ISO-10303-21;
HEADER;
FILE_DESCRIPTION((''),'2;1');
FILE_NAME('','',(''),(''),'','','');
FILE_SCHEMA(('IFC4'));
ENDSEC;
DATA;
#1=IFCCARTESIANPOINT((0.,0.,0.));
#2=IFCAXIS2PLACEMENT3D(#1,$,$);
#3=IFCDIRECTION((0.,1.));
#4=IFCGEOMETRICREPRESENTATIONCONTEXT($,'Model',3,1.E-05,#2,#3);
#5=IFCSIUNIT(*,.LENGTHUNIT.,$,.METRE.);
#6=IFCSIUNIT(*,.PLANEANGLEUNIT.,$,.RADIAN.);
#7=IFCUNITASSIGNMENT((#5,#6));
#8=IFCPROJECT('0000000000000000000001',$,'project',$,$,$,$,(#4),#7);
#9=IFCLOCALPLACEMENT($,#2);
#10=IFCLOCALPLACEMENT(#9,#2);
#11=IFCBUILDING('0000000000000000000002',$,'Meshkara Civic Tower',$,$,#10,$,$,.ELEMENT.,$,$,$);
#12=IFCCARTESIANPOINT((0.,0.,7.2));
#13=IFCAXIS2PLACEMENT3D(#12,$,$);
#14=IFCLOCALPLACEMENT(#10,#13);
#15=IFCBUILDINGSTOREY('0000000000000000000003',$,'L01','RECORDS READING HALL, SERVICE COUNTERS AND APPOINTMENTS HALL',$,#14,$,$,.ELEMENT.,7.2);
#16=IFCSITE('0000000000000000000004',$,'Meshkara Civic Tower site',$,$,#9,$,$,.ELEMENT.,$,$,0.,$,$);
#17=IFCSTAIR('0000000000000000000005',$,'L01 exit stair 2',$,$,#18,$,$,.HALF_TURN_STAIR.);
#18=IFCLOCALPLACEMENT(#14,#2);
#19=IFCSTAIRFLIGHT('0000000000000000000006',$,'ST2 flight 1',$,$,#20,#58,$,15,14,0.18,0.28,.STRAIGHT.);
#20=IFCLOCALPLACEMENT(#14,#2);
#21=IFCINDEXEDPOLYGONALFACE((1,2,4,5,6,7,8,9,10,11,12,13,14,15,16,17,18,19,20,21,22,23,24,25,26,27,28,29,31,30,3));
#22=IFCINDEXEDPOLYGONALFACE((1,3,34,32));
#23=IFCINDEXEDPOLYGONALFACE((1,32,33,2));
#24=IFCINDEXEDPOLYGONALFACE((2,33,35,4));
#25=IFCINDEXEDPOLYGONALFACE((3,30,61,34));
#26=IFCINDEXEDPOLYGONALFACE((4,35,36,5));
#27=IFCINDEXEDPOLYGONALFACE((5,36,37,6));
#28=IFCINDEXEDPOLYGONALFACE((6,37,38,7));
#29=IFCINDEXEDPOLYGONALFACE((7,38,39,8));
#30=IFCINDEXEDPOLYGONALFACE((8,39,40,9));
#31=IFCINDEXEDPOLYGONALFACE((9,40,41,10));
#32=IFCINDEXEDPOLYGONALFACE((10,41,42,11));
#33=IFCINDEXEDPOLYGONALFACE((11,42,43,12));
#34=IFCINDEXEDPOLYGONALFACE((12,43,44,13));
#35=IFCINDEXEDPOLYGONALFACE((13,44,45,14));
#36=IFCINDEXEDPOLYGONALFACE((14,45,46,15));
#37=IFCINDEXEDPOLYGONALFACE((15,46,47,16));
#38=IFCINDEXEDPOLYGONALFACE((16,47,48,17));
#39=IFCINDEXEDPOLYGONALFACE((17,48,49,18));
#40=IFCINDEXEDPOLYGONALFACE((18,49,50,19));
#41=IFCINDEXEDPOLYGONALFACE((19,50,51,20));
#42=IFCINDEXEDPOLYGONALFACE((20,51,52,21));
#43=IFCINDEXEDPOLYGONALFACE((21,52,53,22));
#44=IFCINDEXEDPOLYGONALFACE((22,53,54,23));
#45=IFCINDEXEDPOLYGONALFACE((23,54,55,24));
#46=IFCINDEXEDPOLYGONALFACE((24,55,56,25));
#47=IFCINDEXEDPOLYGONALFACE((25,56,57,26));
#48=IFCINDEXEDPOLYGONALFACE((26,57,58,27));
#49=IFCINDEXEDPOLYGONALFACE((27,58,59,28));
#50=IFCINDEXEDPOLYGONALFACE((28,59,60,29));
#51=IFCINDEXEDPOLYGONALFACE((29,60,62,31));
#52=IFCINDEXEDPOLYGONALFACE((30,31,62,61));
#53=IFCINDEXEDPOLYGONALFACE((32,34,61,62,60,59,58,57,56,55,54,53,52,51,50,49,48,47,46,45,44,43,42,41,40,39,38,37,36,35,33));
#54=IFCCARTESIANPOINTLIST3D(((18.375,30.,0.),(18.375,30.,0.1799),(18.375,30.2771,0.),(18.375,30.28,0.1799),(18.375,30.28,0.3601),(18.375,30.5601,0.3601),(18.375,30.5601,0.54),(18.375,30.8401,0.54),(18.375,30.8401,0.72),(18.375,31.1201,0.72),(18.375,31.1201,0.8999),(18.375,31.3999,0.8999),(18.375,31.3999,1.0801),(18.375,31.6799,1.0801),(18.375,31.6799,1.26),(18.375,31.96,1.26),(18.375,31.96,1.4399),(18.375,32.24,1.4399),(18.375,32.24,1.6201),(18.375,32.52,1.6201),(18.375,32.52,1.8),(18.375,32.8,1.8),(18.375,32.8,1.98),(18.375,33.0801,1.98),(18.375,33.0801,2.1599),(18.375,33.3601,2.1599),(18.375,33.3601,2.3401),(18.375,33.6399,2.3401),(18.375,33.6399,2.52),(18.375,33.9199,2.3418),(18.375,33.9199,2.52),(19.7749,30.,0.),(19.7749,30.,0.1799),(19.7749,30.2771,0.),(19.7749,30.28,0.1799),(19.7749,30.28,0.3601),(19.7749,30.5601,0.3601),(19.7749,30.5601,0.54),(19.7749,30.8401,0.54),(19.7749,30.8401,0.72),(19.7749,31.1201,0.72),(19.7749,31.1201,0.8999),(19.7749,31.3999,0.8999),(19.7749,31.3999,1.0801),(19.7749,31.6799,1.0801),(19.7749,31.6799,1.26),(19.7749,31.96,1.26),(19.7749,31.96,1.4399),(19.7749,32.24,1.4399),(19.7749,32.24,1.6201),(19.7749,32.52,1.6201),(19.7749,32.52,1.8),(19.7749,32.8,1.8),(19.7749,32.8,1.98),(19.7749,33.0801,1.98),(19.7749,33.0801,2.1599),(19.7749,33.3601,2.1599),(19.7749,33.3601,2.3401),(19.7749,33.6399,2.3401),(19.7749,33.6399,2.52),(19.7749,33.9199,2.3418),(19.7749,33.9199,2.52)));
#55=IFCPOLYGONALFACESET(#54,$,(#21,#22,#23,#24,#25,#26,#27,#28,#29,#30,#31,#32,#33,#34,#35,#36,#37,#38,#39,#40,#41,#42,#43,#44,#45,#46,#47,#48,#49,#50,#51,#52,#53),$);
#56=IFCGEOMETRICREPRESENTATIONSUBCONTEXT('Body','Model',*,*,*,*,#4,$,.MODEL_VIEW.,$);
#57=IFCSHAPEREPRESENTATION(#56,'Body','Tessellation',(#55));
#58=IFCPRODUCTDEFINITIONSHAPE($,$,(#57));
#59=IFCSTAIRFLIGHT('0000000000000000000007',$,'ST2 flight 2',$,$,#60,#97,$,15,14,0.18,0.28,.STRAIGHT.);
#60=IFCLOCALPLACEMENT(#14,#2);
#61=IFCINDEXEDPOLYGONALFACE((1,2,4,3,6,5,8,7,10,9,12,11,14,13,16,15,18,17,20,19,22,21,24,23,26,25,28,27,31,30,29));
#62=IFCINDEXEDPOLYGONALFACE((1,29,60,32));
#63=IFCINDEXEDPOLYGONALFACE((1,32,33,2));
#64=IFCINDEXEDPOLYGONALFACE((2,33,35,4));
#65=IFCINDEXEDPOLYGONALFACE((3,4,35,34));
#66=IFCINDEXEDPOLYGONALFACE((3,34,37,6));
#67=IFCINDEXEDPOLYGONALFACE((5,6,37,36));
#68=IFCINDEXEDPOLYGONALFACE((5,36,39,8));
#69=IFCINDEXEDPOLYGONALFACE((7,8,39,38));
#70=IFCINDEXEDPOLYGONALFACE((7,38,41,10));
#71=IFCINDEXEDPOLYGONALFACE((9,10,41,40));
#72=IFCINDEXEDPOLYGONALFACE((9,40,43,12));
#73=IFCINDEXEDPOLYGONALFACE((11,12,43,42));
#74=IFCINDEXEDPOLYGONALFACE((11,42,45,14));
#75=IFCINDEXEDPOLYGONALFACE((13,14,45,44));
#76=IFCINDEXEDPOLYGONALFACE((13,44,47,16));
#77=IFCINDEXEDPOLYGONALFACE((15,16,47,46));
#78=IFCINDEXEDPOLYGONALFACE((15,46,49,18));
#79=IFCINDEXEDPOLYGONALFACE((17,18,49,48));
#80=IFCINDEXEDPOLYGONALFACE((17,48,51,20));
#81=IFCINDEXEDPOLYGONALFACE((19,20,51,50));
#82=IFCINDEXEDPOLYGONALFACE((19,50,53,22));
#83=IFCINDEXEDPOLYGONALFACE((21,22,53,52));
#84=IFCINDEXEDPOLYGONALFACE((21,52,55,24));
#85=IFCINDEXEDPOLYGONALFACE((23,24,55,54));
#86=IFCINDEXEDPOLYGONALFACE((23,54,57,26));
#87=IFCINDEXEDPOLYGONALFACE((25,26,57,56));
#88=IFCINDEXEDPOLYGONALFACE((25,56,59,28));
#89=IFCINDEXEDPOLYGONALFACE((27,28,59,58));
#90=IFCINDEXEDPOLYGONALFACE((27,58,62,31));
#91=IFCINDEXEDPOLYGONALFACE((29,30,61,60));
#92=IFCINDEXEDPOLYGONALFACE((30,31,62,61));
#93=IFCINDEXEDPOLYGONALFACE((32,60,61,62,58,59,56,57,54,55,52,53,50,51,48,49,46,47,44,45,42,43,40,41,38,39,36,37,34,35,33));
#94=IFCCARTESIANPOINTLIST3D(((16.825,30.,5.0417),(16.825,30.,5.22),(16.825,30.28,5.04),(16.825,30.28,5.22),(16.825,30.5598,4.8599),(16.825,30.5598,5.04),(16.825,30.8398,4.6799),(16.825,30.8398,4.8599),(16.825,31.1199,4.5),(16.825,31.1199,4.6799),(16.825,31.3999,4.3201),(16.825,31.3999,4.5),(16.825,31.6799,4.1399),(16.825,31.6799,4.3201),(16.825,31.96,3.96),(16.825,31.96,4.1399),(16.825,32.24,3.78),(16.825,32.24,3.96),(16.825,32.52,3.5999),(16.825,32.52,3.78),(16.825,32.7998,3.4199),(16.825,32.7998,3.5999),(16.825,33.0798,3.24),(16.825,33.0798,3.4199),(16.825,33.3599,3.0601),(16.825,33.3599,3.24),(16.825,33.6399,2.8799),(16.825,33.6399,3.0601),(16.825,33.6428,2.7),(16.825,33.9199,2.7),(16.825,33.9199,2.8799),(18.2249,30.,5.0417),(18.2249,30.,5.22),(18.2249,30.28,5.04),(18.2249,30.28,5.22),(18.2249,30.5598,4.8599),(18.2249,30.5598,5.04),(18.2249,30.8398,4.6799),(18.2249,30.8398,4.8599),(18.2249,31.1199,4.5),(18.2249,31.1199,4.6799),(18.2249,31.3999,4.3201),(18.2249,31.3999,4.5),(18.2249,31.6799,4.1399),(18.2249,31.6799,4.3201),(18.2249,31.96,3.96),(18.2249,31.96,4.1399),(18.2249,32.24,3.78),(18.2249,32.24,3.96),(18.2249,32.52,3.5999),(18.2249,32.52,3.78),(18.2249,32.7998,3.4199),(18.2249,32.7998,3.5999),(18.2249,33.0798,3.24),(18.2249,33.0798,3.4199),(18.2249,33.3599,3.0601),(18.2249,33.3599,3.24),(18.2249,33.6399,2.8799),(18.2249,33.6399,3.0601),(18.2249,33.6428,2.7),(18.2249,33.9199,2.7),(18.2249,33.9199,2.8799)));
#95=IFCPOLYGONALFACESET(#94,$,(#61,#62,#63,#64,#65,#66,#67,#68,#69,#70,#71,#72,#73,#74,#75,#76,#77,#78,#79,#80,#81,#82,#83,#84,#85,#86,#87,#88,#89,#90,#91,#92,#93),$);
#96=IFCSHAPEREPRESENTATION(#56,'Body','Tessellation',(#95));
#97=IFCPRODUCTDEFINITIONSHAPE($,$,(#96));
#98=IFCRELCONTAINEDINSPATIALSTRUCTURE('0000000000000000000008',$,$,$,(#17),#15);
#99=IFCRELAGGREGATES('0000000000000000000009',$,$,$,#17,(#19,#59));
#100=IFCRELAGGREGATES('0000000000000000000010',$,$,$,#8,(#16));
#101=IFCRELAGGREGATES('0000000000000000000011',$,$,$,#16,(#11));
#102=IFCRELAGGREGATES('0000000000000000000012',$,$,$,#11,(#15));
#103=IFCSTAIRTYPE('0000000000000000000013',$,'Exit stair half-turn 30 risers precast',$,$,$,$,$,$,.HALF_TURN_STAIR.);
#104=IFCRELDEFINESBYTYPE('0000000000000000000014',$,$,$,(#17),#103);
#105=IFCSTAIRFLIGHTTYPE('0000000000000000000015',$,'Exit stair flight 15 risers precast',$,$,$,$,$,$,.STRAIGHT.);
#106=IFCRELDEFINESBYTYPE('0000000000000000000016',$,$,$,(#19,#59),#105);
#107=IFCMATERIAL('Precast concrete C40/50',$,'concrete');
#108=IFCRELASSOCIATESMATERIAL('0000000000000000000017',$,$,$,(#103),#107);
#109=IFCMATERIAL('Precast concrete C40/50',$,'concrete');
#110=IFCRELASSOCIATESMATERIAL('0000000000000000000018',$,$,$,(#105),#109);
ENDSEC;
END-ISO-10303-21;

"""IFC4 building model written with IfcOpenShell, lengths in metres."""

from ifc_helpers import new_model, si_unit, direction, frame, origin, place, context, subcontext, project, spatial, polyline, outline, extrude, material, type_object, element, aggregate, save


model = new_model("IFC4")

# Units and contexts
model_context = context("Model", 3, precision=1e-05, world=origin(), true_north=direction((0.0, 1.0)))
body_context = subcontext(model_context, "Body", "Model", "MODEL_VIEW")
ifc_project = project(units=[si_unit("LENGTHUNIT", "METRE"), si_unit("PLANEANGLEUNIT", "RADIAN")], contexts=[model_context])

# Site, building, storey
site_placement = place(None, origin())
site = spatial("IfcSite", under=ifc_project, at=site_placement, Name="Meshkara Civic Tower site", CompositionType="ELEMENT", RefElevation=0.0)
building_placement = place(site_placement, origin())
building = spatial("IfcBuilding", under=site, at=building_placement, Name="Meshkara Civic Tower", CompositionType="ELEMENT")
storey_placement = place(building_placement, frame((0.0, 0.0, 7.2)))
storey = spatial("IfcBuildingStorey", under=building, at=storey_placement, Name="L01", Description="RECORDS READING HALL, SERVICE COUNTERS AND APPOINTMENTS HALL", CompositionType="ELEMENT", Elevation=7.2)

# Stair, stair flights
ifc_material_1 = material(Name="Precast concrete C40/50", Category="concrete")
stair_type = type_object("IfcStairType", Name="Exit stair half-turn 30 risers precast", PredefinedType="HALF_TURN_STAIR", material=ifc_material_1)
ifc_material_2 = material(Name="Precast concrete C40/50", Category="concrete")
stair_flight_type = type_object("IfcStairFlightType", Name="Exit stair flight 15 risers precast", PredefinedType="STRAIGHT", material=ifc_material_2)
stair_1_placement = place(storey_placement, origin())
stair_1 = element("IfcStair", 1, at=stair_1_placement, inside=storey, type_object=stair_type, Name="L01 exit stair 2", PredefinedType="HALF_TURN_STAIR")
stair_flight_1_placement = place(storey_placement, frame((19.075, 30.0, 0.0), z_axis=(0.0, 0.0, 1.0), x_axis=(0.0, 1.0, 0.0)))
stair_flight_1 = element("IfcStairFlight", 2, at=stair_flight_1_placement, type_object=stair_flight_type, Name="ST2 flight 1", NumberOfRisers=15, NumberOfTreads=14, PredefinedType="STRAIGHT", RiserHeight=0.18, TreadLength=0.28, context=body_context, shape_type="SweptSolid", body=[
    extrude(outline(polyline([(0.0, 0.0), (0.0, 0.1799), (0.28, 0.1799), (0.28, 0.3601), (0.5601, 0.3601), (0.5601, 0.54), (0.8401, 0.54), (0.8401, 0.72), (1.1201, 0.72), (1.1201, 0.8999), (1.3999, 0.8999), (1.3999, 1.0801), (1.6799, 1.0801), (1.6799, 1.26), (1.96, 1.26), (1.96, 1.4399), (2.24, 1.4399), (2.24, 1.6201), (2.52, 1.6201), (2.52, 1.8), (2.8, 1.8), (2.8, 1.98), (3.0801, 1.98), (3.0801, 2.1599), (3.3601, 2.1599), (3.3601, 2.3401), (3.6399, 2.3401), (3.6399, 2.52), (3.9199, 2.52), (3.9199, 2.7), (3.9199, 2.3418), (0.2771, 0.0), (0.0, 0.0)])), frame((0.0, 0.7, 0.0), z_axis=(0.0, -1.0, 0.0), x_axis=(1.0, 0.0, 0.0)), (0.0, 0.0, 1.0), 1.3999),
])
stair_flight_2_placement = place(storey_placement, frame((17.5249, 33.9199, 2.7), z_axis=(0.0, 0.0, 1.0), x_axis=(0.0, -1.0, 0.0)))
stair_flight_2 = element("IfcStairFlight", 3, at=stair_flight_2_placement, type_object=stair_flight_type, Name="ST2 flight 2", NumberOfRisers=15, NumberOfTreads=14, PredefinedType="STRAIGHT", RiserHeight=0.18, TreadLength=0.28, context=body_context, shape_type="SweptSolid", body=[
    extrude(outline(polyline([(0.0, 0.0), (0.0, 0.1799), (0.28, 0.1799), (0.28, 0.3601), (0.5601, 0.3601), (0.5601, 0.54), (0.8401, 0.54), (0.8401, 0.72), (1.1201, 0.72), (1.1201, 0.8999), (1.3999, 0.8999), (1.3999, 1.0801), (1.6799, 1.0801), (1.6799, 1.26), (1.96, 1.26), (1.96, 1.4399), (2.24, 1.4399), (2.24, 1.6201), (2.52, 1.6201), (2.52, 1.8), (2.8, 1.8), (2.8, 1.98), (3.0801, 1.98), (3.0801, 2.1599), (3.3601, 2.1599), (3.3601, 2.3401), (3.6399, 2.3401), (3.6399, 2.52), (3.9199, 2.52), (3.9199, 2.7), (3.9199, 2.3418), (0.2771, 0.0), (0.0, 0.0)])), frame((0.0, 0.7, 0.0), z_axis=(0.0, -1.0, 0.0), x_axis=(1.0, 0.0, 0.0)), (0.0, 0.0, 1.0), 1.3999),
])
aggregate(stair_1, [stair_flight_1, stair_flight_2])

save(model, "model.ifc")
